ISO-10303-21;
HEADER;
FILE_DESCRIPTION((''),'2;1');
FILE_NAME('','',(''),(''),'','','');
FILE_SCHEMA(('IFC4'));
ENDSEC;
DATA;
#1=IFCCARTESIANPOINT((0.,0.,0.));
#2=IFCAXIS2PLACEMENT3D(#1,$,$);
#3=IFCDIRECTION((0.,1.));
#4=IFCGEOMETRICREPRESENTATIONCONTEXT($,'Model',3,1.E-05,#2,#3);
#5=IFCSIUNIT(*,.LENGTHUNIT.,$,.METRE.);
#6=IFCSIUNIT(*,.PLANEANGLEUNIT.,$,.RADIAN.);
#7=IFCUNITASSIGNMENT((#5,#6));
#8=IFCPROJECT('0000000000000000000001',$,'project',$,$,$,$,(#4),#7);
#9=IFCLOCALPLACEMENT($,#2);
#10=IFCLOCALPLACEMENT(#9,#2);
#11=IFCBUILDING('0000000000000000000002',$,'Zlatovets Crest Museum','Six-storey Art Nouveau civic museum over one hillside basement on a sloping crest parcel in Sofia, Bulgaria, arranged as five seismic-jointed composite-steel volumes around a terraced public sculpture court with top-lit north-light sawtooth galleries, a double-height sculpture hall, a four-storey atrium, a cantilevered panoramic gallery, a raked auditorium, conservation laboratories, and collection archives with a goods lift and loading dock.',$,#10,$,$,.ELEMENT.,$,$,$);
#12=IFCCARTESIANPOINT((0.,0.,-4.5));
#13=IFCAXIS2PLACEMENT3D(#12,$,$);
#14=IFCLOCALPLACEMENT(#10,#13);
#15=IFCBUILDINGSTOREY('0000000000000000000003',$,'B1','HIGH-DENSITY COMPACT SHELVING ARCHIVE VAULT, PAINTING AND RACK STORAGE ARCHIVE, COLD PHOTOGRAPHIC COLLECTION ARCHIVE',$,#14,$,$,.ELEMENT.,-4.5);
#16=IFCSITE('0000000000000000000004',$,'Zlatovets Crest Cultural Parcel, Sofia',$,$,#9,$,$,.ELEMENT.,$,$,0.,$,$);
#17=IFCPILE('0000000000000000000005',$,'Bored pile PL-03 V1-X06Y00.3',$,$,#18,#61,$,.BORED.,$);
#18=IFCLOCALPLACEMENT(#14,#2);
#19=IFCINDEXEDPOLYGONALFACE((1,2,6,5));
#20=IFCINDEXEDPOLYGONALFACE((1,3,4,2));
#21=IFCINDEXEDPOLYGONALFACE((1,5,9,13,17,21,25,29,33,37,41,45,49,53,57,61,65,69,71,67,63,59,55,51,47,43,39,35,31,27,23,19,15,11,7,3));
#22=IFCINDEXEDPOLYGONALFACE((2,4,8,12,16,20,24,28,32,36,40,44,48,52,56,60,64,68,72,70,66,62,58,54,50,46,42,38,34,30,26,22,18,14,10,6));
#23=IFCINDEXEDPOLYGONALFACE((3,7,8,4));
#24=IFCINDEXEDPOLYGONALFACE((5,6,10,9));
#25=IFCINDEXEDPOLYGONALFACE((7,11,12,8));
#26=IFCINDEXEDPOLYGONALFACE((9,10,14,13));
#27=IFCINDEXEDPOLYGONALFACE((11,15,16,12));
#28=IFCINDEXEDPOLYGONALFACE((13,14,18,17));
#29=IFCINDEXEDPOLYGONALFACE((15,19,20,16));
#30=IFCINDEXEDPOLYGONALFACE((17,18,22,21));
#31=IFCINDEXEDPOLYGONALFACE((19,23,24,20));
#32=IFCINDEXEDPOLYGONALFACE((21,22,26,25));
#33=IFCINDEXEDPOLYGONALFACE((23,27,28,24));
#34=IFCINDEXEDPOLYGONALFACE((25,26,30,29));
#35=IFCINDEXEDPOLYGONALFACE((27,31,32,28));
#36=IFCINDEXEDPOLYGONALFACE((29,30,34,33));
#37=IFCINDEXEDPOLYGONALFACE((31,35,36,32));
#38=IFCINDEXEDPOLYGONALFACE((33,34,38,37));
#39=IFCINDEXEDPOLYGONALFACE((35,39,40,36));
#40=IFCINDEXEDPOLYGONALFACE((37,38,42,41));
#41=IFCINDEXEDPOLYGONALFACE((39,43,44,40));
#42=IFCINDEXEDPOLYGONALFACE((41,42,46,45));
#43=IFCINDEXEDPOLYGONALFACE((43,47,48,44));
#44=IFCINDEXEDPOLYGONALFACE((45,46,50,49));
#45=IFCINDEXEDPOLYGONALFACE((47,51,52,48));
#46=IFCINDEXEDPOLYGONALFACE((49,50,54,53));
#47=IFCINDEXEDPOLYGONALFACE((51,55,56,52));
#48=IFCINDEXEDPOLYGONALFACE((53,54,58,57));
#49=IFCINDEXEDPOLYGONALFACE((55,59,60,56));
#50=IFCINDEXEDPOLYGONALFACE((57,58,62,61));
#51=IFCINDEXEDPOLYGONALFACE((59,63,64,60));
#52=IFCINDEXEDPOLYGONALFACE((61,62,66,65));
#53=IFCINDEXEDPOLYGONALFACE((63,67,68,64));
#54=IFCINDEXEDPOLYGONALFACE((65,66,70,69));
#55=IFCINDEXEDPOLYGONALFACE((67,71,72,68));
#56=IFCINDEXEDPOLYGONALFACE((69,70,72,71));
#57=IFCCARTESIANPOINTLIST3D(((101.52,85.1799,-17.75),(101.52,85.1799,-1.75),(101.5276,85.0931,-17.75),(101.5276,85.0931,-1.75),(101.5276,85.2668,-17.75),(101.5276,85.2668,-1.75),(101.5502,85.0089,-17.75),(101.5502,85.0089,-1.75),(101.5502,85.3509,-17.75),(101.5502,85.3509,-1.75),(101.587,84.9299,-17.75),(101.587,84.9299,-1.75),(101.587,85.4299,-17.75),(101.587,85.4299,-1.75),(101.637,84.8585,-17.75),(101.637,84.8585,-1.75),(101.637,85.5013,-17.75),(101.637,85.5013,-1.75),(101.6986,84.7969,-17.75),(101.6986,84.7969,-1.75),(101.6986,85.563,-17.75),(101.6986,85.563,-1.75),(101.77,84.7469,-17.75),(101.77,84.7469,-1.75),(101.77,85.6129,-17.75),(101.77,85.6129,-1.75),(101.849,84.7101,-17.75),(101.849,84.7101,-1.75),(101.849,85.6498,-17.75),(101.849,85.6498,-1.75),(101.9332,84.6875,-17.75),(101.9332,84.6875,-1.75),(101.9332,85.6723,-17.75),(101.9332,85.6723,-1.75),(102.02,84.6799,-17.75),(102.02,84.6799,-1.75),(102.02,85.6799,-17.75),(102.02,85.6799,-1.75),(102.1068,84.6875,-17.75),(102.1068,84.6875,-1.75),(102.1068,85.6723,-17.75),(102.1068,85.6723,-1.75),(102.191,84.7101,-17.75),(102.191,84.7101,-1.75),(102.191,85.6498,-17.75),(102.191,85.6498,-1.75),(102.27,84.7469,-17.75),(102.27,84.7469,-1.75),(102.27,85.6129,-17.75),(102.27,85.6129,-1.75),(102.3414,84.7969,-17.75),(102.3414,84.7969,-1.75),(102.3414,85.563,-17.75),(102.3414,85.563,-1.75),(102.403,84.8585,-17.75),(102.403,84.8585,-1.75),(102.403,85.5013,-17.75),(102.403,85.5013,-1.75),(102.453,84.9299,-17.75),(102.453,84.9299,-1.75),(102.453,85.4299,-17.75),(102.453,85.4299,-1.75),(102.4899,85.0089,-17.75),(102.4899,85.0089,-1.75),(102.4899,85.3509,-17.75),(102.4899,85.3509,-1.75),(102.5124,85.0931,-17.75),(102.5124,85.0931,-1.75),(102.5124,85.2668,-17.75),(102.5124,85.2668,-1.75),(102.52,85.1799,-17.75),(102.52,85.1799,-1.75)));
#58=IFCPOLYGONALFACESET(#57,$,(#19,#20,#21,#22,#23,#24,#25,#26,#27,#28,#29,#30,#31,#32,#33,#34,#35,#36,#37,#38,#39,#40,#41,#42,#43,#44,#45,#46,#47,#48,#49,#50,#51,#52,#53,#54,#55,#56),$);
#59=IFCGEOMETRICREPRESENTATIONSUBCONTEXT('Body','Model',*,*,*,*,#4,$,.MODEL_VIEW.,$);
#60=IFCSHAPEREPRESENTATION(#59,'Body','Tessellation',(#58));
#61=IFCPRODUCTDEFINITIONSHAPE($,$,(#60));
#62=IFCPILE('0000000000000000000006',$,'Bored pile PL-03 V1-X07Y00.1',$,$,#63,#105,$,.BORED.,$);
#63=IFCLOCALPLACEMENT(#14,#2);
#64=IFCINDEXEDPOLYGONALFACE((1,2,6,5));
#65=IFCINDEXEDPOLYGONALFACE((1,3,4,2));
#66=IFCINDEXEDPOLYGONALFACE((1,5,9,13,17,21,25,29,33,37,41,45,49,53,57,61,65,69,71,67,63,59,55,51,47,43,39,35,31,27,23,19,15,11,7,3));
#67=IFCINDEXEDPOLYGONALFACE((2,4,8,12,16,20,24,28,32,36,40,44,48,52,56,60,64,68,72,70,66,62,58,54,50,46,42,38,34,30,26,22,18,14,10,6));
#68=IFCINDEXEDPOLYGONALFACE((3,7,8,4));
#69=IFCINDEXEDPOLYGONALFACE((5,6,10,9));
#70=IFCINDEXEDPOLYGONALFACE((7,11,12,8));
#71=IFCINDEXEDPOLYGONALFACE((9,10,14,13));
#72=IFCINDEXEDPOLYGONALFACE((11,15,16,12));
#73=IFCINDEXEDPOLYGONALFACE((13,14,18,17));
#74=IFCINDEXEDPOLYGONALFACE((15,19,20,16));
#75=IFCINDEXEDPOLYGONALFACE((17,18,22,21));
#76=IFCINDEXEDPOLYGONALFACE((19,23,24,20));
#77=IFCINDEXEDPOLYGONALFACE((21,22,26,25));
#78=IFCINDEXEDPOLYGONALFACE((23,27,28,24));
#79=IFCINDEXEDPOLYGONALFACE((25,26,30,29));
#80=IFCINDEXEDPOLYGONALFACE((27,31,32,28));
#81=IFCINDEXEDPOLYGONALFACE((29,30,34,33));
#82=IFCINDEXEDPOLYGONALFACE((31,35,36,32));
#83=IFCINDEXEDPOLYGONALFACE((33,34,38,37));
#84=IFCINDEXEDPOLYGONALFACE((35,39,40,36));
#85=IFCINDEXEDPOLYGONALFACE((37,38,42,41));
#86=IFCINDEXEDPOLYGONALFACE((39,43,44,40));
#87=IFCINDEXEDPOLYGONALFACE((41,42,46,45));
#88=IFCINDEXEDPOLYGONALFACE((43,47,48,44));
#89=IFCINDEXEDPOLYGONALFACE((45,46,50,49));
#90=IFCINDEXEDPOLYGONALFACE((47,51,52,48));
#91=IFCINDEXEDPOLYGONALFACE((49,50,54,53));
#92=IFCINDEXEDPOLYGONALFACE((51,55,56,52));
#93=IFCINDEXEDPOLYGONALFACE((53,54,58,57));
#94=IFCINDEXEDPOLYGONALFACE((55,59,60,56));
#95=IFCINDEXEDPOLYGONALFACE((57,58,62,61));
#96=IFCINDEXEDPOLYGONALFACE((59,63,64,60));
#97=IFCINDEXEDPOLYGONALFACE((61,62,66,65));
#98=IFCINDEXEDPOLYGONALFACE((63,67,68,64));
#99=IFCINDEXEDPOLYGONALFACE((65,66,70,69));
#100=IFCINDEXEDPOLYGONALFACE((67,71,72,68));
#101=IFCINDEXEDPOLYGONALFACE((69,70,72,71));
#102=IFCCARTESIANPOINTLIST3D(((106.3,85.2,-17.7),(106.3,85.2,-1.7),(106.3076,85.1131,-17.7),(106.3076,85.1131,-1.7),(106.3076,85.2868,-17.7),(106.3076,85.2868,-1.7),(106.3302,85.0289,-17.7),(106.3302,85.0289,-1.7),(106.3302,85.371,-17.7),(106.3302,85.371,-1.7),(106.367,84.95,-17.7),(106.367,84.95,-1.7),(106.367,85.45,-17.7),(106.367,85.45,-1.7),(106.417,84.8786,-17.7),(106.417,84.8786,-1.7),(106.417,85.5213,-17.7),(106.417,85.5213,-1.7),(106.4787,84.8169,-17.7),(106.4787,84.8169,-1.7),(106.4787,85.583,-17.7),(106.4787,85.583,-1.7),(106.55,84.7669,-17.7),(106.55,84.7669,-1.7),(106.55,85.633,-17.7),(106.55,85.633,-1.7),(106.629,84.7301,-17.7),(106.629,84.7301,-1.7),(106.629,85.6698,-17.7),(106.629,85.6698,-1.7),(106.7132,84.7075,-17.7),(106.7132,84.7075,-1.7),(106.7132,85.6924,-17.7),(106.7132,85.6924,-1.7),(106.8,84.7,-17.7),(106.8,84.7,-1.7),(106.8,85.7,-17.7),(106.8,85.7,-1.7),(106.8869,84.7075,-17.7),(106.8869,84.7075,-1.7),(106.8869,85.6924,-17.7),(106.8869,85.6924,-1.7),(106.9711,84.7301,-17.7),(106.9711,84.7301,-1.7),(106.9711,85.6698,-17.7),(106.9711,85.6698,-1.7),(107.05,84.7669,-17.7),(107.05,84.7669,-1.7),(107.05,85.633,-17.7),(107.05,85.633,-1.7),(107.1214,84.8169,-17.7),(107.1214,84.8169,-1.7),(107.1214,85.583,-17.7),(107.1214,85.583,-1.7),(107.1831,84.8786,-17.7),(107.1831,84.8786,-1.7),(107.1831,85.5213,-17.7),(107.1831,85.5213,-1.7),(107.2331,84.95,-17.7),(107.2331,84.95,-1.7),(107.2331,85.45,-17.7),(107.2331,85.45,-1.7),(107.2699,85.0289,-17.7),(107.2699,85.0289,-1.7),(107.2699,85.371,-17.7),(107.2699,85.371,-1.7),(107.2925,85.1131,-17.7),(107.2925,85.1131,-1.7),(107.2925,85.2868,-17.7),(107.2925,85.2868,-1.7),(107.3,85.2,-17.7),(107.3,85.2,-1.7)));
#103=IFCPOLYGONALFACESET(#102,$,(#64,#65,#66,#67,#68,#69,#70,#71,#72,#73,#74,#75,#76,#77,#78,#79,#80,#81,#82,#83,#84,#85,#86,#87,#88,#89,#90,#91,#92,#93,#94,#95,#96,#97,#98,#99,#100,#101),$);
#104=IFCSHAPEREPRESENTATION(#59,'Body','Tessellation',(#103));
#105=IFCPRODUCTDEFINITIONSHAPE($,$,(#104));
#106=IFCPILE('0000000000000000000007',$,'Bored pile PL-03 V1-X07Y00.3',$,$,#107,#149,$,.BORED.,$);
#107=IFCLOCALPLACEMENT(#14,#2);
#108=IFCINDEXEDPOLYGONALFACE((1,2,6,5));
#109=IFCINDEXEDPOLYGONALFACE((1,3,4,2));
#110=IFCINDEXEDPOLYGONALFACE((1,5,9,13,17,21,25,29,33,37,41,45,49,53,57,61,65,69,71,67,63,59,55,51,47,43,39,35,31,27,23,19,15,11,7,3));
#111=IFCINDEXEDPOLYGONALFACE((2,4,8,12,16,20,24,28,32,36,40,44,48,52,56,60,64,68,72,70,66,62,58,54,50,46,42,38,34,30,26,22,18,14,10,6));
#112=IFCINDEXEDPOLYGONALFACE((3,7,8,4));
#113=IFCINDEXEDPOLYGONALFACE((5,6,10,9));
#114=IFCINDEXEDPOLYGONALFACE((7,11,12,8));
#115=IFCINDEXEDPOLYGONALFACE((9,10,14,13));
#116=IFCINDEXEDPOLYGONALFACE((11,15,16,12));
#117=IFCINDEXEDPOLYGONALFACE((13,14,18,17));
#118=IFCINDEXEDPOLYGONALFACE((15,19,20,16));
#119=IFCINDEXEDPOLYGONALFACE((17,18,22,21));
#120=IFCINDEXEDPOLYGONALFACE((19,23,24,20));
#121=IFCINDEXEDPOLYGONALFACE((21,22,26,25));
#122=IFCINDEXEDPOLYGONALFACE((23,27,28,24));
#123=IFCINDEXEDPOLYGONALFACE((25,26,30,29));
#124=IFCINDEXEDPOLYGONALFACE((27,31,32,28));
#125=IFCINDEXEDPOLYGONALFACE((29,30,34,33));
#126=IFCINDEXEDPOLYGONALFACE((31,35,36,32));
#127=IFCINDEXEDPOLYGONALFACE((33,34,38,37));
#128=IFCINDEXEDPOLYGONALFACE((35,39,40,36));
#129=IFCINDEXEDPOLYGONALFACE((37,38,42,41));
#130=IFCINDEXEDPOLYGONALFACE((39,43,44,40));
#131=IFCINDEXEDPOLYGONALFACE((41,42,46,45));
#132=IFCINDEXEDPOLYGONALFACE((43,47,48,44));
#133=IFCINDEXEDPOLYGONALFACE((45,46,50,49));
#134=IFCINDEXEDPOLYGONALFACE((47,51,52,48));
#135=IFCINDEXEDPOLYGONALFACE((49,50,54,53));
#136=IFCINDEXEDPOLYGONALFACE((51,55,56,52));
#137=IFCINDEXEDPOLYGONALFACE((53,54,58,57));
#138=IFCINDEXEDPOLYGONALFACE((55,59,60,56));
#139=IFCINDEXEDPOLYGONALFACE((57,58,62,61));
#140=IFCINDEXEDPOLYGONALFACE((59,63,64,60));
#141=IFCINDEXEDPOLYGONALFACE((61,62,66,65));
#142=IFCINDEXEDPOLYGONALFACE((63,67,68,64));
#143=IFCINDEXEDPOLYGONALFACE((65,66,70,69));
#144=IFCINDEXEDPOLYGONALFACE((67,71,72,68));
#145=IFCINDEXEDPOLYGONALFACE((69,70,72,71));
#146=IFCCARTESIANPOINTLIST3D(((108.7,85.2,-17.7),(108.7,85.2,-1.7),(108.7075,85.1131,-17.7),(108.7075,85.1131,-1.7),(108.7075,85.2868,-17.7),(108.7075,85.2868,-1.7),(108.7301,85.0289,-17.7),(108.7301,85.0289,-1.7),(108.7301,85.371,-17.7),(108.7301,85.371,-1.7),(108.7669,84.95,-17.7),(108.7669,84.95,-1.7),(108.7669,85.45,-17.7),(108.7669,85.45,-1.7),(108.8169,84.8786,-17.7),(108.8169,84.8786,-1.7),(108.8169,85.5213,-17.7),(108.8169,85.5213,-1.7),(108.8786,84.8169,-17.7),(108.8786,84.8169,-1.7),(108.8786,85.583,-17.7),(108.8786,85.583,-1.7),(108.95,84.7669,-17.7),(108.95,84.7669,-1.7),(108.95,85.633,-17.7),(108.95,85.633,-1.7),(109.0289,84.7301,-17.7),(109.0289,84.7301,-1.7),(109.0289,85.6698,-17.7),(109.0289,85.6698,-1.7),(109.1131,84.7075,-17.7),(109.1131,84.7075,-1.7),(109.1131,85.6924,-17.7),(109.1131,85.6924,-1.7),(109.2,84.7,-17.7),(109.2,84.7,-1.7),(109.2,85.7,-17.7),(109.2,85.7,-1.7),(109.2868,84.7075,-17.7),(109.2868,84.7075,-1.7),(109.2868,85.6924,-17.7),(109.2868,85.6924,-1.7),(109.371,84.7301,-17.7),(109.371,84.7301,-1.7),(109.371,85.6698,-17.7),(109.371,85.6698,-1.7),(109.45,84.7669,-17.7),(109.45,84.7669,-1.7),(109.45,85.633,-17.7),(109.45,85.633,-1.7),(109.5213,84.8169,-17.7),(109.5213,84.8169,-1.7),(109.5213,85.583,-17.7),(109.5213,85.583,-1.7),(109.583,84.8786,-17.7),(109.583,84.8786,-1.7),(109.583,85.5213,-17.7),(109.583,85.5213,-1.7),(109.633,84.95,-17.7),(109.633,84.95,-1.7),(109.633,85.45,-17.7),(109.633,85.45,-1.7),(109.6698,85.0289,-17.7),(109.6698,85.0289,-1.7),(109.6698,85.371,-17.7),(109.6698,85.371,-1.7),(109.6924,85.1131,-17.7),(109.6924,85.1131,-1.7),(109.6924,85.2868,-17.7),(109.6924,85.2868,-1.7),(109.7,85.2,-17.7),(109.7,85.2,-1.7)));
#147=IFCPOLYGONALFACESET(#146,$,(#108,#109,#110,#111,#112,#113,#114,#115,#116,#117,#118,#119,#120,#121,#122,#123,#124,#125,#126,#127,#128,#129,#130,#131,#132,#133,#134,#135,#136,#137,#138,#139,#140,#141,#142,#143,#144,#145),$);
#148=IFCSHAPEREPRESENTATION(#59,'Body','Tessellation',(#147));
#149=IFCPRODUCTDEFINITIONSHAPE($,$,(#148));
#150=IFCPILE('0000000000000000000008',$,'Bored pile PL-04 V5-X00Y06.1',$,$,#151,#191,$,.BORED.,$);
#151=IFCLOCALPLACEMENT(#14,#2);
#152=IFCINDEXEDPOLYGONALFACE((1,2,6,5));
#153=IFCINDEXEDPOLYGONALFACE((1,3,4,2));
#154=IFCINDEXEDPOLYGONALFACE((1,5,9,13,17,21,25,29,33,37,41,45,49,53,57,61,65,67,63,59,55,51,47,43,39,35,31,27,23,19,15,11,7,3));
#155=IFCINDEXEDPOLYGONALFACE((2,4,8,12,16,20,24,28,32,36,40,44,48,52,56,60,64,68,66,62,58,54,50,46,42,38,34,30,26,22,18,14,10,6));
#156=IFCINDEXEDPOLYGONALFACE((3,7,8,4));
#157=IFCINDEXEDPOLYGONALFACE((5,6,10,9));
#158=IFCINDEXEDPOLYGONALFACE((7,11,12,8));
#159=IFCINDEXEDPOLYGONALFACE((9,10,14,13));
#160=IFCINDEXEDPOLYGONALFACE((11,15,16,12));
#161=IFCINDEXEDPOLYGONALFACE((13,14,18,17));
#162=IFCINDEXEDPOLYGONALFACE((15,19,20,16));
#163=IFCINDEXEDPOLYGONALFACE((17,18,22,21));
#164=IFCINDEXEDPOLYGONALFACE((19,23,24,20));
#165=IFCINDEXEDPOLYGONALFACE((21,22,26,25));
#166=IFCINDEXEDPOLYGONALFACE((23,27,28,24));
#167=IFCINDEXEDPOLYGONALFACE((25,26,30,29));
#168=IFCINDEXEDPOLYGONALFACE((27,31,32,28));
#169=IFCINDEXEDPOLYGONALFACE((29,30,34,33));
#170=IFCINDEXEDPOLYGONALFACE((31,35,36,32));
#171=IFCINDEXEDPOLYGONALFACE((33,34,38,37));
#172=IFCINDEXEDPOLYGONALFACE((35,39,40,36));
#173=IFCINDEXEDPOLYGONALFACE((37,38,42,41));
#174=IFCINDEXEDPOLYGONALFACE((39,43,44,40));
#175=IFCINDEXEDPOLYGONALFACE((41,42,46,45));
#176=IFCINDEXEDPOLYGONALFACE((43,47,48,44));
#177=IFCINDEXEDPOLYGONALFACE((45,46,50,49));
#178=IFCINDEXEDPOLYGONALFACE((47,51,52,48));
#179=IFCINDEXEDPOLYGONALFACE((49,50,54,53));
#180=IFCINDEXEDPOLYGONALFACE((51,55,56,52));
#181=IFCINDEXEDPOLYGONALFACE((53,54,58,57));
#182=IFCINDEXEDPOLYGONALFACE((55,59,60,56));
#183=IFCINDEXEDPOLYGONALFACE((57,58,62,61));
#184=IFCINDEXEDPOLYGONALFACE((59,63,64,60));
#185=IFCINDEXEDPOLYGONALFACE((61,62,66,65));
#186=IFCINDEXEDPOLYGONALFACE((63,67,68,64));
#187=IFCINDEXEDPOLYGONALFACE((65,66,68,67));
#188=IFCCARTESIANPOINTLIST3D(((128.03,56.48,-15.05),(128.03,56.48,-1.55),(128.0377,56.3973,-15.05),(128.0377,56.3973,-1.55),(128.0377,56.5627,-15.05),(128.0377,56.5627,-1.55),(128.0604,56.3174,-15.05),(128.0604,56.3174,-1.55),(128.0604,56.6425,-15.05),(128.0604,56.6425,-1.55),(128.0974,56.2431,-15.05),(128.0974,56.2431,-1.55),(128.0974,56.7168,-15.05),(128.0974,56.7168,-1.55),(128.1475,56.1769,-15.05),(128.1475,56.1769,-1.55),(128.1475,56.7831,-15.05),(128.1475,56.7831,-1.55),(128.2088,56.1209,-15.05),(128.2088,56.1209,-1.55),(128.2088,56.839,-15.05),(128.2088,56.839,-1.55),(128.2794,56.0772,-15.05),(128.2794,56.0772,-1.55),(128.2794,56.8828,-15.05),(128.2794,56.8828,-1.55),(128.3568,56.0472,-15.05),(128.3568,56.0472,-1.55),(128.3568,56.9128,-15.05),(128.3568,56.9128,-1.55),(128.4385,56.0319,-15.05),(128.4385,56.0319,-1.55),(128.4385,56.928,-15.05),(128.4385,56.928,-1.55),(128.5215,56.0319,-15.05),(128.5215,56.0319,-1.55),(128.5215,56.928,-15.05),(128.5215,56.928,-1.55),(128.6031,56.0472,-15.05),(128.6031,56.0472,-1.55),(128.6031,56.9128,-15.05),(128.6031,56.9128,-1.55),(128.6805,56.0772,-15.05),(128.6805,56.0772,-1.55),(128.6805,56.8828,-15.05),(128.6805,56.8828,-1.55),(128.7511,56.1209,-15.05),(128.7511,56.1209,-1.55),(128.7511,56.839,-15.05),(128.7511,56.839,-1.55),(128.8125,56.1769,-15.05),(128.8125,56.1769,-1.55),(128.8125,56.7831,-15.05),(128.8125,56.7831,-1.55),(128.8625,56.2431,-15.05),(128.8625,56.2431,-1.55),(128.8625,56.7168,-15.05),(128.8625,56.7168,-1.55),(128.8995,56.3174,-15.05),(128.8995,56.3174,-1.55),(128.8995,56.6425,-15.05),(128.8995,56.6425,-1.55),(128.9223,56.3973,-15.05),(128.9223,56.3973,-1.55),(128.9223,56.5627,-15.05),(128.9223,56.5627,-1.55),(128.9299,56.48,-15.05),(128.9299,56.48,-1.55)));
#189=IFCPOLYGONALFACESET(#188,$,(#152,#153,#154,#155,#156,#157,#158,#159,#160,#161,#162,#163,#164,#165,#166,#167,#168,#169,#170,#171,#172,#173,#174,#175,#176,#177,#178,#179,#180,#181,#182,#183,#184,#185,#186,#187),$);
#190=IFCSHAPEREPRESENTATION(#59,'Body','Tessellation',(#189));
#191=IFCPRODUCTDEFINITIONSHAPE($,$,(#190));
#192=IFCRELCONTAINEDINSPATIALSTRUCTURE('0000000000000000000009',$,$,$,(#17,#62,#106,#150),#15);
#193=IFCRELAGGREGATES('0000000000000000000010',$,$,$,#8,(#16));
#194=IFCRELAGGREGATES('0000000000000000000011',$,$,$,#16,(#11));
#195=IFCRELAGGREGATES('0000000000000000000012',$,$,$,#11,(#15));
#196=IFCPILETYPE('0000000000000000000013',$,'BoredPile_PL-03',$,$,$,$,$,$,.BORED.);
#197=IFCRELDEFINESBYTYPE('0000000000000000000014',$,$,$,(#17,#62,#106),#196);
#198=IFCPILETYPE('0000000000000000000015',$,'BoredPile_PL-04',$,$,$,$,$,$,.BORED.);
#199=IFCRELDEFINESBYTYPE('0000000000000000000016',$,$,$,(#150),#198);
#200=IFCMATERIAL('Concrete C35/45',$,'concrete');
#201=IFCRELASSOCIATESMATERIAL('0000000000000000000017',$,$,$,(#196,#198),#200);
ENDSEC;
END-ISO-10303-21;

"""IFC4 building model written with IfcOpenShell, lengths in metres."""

from ifc_helpers import new_model, si_unit, direction, frame, origin, origin_2d, place, context, subcontext, project, spatial, circle, extrude, material, material_profile, profile_set, type_object, element, save


model = new_model("IFC4")

# Units and contexts
model_context = context("Model", 3, precision=1e-05, world=origin(), true_north=direction((0.0, 1.0)))
body_context = subcontext(model_context, "Body", "Model", "MODEL_VIEW")
ifc_project = project(units=[si_unit("LENGTHUNIT", "METRE"), si_unit("PLANEANGLEUNIT", "RADIAN")], contexts=[model_context])

# Site, building, storey
site_placement = place(None, origin())
site = spatial("IfcSite", under=ifc_project, at=site_placement, Name="Zlatovets Crest Cultural Parcel, Sofia", CompositionType="ELEMENT", RefElevation=0.0)
building_placement = place(site_placement, origin())
building = spatial("IfcBuilding", under=site, at=building_placement, Name="Zlatovets Crest Museum", Description="Six-storey Art Nouveau civic museum over one hillside basement on a sloping crest parcel in Sofia, Bulgaria, arranged as five seismic-jointed composite-steel volumes around a terraced public sculpture court with top-lit north-light sawtooth galleries, a double-height sculpture hall, a four-storey atrium, a cantilevered panoramic gallery, a raked auditorium, conservation laboratories, and collection archives with a goods lift and loading dock.", CompositionType="ELEMENT")
storey_placement = place(building_placement, frame((0.0, 0.0, -4.5)))
storey = spatial("IfcBuildingStorey", under=building, at=storey_placement, Name="B1", Description="HIGH-DENSITY COMPACT SHELVING ARCHIVE VAULT, PAINTING AND RACK STORAGE ARCHIVE, COLD PHOTOGRAPHIC COLLECTION ARCHIVE", CompositionType="ELEMENT", Elevation=-4.5)

# Piles
ifc_material_1 = material(Name="Concrete C35/45", Category="concrete")
ifc_material_profile_1 = material_profile(ifc_material_1, circle(Radius=0.5, at=origin_2d()), Name="PILE D1000")
ifc_profile_set_1 = profile_set([ifc_material_profile_1], Name="Concrete C35/45")
pile_type_1 = type_object("IfcPileType", Name="BoredPile_PL-03", PredefinedType="BORED", material=ifc_profile_set_1)
for number, where, z_axis, x_axis, name in (
    (1, (102.02, 85.1799, -1.75), (0.0, 0.0, -1.0), (1.0, 0.0, 0.0), "Bored pile PL-03 V1-X06Y00.3"),
    (2, (106.8, 85.2, -1.7), (0.0, 0.0, -1.0), (1.0, 0.0, 0.0), "Bored pile PL-03 V1-X07Y00.1"),
    (3, (109.2, 85.2, -1.7), (0.0, 0.0, -1.0), (1.0, 0.0, 0.0), "Bored pile PL-03 V1-X07Y00.3"),
):
    element("IfcPile", number, at=place(storey_placement, frame(where, z_axis=z_axis, x_axis=x_axis)), inside=storey, type_object=pile_type_1, Name=name, PredefinedType="BORED", context=body_context, shape_type="SweptSolid", body=[
        extrude(circle(Radius=0.5, at=origin_2d()), origin(), (0.0, 0.0, 1.0), 16.0),
    ])
ifc_material_profile_2 = material_profile(ifc_material_1, circle(Radius=0.45, at=origin_2d()), Name="PILE D900")
ifc_profile_set_2 = profile_set([ifc_material_profile_2], Name="Concrete C35/45")
pile_type_2 = type_object("IfcPileType", Name="BoredPile_PL-04", PredefinedType="BORED", material=ifc_profile_set_2)
for number, where, z_axis, x_axis, name in (
    (4, (128.48, 56.48, -1.55), (0.0, 0.0, -1.0), (1.0, 0.0, 0.0), "Bored pile PL-04 V5-X00Y06.1"),
):
    element("IfcPile", number, at=place(storey_placement, frame(where, z_axis=z_axis, x_axis=x_axis)), inside=storey, type_object=pile_type_2, Name=name, PredefinedType="BORED", context=body_context, shape_type="SweptSolid", body=[
        extrude(circle(Radius=0.45, at=origin_2d()), origin(), (0.0, 0.0, 1.0), 13.5),
    ])

save(model, "model.ifc")
